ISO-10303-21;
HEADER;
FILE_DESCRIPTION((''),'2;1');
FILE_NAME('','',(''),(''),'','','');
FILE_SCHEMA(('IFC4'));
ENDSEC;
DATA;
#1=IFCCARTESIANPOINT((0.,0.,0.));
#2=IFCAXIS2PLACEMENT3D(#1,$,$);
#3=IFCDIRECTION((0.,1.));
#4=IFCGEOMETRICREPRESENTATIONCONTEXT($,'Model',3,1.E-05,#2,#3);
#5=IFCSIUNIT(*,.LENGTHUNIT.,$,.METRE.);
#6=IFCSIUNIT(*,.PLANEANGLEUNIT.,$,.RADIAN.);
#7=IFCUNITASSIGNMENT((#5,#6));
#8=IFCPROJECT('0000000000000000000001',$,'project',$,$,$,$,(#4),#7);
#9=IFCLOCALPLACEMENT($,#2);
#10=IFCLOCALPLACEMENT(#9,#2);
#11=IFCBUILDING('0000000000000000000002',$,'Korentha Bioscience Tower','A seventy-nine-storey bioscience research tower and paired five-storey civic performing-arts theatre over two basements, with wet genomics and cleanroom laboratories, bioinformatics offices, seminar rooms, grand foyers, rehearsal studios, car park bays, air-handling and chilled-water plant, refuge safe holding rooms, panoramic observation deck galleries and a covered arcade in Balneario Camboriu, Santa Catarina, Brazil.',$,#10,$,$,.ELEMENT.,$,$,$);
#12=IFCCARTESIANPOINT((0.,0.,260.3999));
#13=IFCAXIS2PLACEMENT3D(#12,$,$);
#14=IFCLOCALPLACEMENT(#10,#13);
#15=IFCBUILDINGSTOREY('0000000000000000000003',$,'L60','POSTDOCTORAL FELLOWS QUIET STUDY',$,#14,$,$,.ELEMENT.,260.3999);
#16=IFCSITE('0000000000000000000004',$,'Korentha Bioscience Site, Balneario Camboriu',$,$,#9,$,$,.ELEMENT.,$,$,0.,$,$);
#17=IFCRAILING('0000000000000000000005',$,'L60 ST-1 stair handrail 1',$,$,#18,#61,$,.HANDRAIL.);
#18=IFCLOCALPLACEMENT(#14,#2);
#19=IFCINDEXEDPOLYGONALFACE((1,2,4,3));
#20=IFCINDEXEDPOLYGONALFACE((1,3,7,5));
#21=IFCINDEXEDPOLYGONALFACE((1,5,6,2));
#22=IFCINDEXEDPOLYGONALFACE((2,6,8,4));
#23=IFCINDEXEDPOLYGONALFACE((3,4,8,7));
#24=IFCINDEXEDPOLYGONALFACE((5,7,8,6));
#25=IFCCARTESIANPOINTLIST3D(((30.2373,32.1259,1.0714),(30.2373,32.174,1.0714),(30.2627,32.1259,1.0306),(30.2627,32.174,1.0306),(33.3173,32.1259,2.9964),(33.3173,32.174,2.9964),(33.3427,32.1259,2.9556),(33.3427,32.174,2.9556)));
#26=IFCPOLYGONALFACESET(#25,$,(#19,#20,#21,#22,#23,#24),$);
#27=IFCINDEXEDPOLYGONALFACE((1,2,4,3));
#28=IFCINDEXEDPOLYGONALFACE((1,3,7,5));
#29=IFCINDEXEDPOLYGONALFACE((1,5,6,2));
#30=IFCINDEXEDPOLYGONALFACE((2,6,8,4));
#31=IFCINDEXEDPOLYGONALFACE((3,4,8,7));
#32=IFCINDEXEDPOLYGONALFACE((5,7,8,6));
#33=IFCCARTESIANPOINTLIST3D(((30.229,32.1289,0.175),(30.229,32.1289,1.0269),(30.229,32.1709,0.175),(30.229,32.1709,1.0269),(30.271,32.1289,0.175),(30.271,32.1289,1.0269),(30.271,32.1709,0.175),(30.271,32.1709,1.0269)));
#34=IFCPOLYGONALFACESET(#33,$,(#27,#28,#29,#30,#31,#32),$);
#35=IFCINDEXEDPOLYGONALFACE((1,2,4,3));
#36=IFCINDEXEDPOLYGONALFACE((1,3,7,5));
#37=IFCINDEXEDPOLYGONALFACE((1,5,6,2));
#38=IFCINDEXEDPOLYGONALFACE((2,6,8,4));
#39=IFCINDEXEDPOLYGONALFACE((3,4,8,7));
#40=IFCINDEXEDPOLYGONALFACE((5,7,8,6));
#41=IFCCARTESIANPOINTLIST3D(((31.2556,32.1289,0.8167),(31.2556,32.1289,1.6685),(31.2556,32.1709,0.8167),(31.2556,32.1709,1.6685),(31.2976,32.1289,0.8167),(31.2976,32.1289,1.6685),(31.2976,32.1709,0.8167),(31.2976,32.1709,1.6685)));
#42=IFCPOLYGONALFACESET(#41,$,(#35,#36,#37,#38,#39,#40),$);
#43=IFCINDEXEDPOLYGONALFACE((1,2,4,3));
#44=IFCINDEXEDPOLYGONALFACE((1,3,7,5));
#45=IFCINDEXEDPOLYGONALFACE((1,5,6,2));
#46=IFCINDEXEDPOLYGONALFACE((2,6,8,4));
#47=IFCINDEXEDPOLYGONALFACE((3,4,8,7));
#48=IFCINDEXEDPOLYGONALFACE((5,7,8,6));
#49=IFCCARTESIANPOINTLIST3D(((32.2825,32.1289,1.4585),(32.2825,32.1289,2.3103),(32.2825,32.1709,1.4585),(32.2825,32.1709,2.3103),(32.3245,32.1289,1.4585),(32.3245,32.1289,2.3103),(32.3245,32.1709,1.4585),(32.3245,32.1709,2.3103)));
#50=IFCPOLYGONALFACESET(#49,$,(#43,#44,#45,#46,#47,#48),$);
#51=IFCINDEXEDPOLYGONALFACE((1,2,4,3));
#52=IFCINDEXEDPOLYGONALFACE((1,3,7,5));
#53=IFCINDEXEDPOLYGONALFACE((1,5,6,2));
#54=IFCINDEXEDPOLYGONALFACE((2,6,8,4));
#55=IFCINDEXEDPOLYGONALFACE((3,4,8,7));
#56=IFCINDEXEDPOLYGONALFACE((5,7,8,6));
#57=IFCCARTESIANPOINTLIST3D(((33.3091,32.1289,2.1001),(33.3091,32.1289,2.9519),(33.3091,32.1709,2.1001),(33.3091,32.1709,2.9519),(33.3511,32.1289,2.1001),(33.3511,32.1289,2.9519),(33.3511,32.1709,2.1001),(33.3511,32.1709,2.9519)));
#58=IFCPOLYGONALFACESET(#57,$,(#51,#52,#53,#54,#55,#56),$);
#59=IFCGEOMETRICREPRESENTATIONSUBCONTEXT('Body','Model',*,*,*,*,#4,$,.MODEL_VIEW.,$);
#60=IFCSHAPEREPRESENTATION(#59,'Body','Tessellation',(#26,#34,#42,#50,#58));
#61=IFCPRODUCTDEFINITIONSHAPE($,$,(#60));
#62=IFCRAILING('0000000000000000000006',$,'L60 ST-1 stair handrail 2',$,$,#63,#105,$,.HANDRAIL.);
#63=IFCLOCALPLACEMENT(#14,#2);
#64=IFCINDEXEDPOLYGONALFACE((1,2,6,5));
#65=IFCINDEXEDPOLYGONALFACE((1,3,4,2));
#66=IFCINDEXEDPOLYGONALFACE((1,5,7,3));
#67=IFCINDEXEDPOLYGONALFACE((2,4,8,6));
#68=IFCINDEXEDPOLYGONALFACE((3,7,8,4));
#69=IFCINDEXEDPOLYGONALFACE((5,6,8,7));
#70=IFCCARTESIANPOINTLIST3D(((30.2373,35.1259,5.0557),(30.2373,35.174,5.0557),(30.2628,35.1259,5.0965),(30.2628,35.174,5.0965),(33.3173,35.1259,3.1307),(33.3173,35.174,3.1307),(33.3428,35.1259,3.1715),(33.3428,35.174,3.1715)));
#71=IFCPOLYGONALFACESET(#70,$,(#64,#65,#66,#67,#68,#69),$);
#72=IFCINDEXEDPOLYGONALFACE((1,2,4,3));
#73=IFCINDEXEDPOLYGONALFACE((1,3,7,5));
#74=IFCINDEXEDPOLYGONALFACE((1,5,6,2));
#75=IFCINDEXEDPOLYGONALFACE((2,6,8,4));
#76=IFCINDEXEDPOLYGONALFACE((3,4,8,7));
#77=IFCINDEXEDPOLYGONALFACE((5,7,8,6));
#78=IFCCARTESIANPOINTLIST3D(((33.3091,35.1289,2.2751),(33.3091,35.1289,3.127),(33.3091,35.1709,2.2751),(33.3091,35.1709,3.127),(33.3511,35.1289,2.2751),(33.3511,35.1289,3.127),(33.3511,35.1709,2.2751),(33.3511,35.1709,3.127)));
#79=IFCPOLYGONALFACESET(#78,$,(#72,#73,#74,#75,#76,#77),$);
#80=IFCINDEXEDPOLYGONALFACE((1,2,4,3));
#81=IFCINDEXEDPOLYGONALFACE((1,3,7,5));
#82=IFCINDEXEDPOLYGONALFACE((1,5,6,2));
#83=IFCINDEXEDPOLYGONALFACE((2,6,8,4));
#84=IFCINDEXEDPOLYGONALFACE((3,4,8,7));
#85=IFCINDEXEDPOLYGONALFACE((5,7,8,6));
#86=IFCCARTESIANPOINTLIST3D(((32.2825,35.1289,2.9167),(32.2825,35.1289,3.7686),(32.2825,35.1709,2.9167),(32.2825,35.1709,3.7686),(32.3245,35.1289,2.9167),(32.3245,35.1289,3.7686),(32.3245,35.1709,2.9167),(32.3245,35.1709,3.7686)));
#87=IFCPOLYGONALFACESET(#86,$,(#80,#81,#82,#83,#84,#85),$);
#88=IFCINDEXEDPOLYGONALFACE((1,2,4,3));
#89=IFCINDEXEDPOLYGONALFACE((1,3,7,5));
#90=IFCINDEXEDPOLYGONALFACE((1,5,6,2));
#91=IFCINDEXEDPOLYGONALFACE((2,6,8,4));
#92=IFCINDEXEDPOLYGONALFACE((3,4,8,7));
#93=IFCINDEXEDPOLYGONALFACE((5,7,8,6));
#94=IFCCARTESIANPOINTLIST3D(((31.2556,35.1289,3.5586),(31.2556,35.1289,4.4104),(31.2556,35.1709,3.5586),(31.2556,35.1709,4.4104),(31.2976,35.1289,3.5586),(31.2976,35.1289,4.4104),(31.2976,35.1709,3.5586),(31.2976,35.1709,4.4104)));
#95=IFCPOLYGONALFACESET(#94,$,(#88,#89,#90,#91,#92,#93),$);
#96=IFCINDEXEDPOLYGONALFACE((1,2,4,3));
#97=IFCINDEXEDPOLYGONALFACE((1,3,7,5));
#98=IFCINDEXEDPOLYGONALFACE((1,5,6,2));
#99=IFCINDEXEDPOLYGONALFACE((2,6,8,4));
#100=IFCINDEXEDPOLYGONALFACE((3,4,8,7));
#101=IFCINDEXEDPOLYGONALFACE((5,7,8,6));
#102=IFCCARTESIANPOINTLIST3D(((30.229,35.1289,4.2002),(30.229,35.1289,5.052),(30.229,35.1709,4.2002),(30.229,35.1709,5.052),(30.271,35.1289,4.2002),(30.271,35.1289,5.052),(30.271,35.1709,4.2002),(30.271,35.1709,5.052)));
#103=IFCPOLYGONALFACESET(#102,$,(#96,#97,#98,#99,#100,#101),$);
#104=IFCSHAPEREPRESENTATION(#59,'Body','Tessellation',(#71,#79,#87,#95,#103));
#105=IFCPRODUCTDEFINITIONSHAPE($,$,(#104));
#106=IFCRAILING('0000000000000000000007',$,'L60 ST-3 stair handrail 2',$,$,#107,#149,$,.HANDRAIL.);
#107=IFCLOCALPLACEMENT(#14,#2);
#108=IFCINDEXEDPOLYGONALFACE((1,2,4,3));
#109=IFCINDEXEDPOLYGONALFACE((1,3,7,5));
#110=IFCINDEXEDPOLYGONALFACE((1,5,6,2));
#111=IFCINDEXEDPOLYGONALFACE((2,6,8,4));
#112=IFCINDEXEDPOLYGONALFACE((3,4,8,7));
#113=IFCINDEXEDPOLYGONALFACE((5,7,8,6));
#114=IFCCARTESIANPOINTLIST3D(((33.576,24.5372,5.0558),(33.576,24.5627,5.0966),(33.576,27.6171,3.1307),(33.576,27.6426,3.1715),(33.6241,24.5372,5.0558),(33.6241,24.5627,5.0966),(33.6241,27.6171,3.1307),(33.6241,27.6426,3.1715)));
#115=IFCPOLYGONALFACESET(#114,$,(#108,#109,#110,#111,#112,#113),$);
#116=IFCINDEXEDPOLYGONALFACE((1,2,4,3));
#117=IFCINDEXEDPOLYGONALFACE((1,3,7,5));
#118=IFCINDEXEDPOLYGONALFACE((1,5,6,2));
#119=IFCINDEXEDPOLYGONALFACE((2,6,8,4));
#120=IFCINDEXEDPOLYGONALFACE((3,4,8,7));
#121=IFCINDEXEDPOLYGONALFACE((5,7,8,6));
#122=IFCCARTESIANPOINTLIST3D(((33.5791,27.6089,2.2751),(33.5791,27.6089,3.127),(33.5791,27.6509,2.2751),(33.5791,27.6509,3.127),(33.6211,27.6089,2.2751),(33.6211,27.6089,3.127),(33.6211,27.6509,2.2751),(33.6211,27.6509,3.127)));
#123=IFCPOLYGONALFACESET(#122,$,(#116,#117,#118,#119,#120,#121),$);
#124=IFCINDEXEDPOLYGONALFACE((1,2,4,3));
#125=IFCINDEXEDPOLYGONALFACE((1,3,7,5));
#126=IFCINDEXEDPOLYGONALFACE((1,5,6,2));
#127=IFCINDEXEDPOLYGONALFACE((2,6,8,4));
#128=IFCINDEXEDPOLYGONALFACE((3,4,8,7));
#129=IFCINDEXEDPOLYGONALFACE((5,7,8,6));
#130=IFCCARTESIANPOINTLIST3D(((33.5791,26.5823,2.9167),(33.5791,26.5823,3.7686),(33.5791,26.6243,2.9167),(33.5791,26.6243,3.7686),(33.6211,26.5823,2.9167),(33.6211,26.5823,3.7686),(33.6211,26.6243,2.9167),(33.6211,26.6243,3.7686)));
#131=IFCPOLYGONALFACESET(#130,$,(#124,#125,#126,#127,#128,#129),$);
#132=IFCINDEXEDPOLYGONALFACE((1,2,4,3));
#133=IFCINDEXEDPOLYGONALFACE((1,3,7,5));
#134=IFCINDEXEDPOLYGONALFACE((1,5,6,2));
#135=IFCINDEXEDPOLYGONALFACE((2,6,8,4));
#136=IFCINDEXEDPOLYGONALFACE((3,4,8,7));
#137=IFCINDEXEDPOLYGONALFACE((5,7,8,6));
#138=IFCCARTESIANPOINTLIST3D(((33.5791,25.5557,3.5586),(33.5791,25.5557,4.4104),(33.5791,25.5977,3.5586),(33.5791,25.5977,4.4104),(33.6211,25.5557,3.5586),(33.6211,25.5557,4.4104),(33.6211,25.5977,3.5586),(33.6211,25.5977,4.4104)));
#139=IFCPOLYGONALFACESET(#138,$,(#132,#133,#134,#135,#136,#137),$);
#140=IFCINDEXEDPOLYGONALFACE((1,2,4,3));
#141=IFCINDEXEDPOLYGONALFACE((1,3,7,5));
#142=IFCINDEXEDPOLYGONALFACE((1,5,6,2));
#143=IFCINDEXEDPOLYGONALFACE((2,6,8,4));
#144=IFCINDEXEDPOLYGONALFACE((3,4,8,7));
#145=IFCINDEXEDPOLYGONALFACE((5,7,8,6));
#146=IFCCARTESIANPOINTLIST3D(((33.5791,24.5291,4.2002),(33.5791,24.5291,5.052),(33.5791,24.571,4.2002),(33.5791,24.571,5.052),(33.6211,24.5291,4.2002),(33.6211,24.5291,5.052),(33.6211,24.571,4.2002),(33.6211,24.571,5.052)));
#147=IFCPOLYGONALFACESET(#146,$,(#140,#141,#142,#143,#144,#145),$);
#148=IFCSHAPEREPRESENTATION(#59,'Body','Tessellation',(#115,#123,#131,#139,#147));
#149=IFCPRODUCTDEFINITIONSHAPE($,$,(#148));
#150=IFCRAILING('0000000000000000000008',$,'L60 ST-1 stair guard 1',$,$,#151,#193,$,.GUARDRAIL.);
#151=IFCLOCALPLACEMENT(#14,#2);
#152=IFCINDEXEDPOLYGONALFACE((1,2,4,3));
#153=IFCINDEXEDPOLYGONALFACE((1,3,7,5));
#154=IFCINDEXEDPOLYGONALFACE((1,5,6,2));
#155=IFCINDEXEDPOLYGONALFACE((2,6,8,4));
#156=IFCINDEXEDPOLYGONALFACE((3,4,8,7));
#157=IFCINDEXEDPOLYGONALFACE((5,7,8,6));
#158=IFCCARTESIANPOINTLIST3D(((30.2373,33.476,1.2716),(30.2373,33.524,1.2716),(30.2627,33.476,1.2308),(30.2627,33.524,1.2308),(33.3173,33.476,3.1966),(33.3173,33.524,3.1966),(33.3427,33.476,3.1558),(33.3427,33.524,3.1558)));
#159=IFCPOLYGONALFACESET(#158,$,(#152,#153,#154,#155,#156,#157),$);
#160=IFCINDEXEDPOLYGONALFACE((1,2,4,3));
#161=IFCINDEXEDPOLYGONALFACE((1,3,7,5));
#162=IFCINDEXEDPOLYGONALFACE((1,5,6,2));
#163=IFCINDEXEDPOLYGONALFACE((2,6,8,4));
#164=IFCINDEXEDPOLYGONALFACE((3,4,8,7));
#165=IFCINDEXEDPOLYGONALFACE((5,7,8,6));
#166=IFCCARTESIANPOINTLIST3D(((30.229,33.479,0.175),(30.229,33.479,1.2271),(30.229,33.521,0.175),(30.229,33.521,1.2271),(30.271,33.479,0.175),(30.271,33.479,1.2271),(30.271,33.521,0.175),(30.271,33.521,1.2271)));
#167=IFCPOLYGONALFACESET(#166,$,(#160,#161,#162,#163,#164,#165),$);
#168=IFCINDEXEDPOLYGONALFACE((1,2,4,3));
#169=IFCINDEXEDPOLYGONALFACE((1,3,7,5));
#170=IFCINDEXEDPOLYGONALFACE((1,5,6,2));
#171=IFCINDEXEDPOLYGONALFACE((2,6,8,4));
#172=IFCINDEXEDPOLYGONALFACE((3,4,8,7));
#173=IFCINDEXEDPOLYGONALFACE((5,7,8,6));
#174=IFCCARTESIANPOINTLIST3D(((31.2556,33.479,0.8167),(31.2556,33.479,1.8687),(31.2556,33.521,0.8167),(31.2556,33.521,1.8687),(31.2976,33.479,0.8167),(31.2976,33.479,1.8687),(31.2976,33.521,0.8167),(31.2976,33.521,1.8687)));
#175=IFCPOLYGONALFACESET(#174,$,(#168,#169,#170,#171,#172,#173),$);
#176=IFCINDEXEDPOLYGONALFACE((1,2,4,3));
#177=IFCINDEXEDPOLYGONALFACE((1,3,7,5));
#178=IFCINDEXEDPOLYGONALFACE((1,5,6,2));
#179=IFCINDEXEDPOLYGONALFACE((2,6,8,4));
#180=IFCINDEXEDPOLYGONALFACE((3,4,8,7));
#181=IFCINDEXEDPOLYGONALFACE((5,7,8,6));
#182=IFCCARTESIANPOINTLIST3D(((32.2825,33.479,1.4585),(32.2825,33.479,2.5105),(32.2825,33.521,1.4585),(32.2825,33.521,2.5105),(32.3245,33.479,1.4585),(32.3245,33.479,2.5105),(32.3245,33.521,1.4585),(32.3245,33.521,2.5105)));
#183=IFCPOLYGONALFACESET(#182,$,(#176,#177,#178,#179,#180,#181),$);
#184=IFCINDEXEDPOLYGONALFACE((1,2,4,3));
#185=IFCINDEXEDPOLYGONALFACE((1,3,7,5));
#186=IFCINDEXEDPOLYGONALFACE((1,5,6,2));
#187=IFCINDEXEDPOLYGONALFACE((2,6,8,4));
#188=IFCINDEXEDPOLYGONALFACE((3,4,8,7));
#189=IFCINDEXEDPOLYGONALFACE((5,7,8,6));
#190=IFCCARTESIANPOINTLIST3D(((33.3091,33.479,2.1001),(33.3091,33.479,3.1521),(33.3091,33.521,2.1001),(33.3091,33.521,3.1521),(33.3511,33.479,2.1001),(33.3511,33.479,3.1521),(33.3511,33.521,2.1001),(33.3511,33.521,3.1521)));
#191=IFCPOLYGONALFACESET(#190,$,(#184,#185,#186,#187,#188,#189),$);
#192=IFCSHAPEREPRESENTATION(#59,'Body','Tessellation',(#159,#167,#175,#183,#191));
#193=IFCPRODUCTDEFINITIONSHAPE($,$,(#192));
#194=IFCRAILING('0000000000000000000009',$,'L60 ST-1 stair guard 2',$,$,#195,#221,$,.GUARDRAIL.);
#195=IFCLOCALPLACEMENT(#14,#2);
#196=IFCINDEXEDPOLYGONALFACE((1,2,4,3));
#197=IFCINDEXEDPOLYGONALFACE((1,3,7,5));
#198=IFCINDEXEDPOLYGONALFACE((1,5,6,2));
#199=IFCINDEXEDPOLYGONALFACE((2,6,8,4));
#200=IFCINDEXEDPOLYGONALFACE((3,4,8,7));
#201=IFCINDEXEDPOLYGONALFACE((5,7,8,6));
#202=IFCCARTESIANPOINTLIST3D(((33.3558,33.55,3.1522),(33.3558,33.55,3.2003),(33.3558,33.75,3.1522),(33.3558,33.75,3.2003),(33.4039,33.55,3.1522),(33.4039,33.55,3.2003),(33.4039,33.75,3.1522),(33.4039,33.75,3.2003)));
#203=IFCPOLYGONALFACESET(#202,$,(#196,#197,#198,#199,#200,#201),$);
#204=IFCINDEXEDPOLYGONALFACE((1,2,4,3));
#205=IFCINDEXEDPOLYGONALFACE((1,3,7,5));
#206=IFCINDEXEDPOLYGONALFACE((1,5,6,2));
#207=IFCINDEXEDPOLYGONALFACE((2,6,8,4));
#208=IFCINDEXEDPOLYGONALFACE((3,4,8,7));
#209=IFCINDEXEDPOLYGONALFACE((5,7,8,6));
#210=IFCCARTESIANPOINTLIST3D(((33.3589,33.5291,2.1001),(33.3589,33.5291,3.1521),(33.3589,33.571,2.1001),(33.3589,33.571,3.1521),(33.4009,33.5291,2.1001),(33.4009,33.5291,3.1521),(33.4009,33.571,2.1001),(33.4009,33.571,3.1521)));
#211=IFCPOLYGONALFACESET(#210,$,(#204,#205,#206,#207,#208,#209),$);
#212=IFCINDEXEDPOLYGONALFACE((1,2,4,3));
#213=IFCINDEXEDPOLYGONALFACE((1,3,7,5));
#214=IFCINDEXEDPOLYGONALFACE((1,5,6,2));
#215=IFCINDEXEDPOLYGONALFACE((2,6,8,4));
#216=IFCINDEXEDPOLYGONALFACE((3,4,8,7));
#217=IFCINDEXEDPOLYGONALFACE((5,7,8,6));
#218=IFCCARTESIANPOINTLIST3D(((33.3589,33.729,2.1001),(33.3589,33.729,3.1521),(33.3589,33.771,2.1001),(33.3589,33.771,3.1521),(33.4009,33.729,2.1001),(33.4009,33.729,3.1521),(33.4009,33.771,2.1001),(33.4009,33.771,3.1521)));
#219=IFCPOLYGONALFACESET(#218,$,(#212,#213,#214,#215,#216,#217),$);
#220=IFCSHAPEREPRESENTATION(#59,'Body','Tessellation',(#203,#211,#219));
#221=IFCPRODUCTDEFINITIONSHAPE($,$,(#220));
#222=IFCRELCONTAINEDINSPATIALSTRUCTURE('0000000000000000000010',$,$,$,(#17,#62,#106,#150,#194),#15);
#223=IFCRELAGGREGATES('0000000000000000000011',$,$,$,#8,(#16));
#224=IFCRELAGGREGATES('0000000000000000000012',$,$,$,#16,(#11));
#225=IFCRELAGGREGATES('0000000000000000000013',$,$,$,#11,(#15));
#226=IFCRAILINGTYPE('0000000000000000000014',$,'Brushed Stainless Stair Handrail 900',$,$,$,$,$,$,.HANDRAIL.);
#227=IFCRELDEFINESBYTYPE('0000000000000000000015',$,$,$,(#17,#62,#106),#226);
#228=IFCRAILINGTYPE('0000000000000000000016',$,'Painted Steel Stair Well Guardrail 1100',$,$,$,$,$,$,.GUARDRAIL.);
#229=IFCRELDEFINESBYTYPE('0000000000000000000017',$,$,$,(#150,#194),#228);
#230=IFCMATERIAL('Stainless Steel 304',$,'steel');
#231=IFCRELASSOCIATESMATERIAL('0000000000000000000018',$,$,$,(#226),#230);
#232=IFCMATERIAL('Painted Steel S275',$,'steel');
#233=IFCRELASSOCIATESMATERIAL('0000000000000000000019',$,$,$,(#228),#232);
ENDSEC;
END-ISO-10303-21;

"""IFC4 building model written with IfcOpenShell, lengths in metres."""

from ifc_helpers import new_model, si_unit, direction, frame, origin, origin_2d, place, context, subcontext, project, spatial, rectangle, extrude, material, type_object, element, save


model = new_model("IFC4")

# Units and contexts
model_context = context("Model", 3, precision=1e-05, world=origin(), true_north=direction((0.0, 1.0)))
body_context = subcontext(model_context, "Body", "Model", "MODEL_VIEW")
ifc_project = project(units=[si_unit("LENGTHUNIT", "METRE"), si_unit("PLANEANGLEUNIT", "RADIAN")], contexts=[model_context])

# Site, building, storey
site_placement = place(None, origin())
site = spatial("IfcSite", under=ifc_project, at=site_placement, Name="Korentha Bioscience Site, Balneario Camboriu", CompositionType="ELEMENT", RefElevation=0.0)
building_placement = place(site_placement, origin())
building = spatial("IfcBuilding", under=site, at=building_placement, Name="Korentha Bioscience Tower", Description="A seventy-nine-storey bioscience research tower and paired five-storey civic performing-arts theatre over two basements, with wet genomics and cleanroom laboratories, bioinformatics offices, seminar rooms, grand foyers, rehearsal studios, car park bays, air-handling and chilled-water plant, refuge safe holding rooms, panoramic observation deck galleries and a covered arcade in Balneario Camboriu, Santa Catarina, Brazil.", CompositionType="ELEMENT")
storey_placement = place(building_placement, frame((0.0, 0.0, 260.3999)))
storey = spatial("IfcBuildingStorey", under=building, at=storey_placement, Name="L60", Description="POSTDOCTORAL FELLOWS QUIET STUDY", CompositionType="ELEMENT", Elevation=260.3999)

# Railings
ifc_material_1 = material(Name="Stainless Steel 304", Category="steel")
railing_type_1 = type_object("IfcRailingType", Name="Brushed Stainless Stair Handrail 900", PredefinedType="HANDRAIL", material=ifc_material_1)
railing_1_placement = place(storey_placement, frame((30.25, 32.1499, 0.175)))
element("IfcRailing", 1, at=railing_1_placement, inside=storey, type_object=railing_type_1, Name="L60 ST-1 stair handrail 1", PredefinedType="HANDRAIL", context=body_context, shape_type="SweptSolid", body=[
    extrude(rectangle(XDim=0.0481, YDim=0.0481, at=origin_2d()), frame((0.0, 0.0, 0.876), z_axis=(0.847998, 0.0, 0.529999), x_axis=(0.0, 1.0, 0.0)), (0.0, 0.0, 1.0), 3.6321),
    extrude(rectangle(XDim=0.042, YDim=0.042, at=origin_2d()), origin(), (0.0, 0.0, 1.0), 0.8518),
    extrude(rectangle(XDim=0.042, YDim=0.042, at=origin_2d()), frame((1.0266, 0.0, 0.6416)), (0.0, 0.0, 1.0), 0.8518),
    extrude(rectangle(XDim=0.042, YDim=0.042, at=origin_2d()), frame((2.0535, 0.0, 1.2834)), (0.0, 0.0, 1.0), 0.8518),
    extrude(rectangle(XDim=0.042, YDim=0.042, at=origin_2d()), frame((3.0801, 0.0, 1.925)), (0.0, 0.0, 1.0), 0.8518),
])
railing_2_placement = place(storey_placement, frame((33.3301, 35.1499, 2.2751)))
element("IfcRailing", 2, at=railing_2_placement, inside=storey, type_object=railing_type_1, Name="L60 ST-1 stair handrail 2", PredefinedType="HANDRAIL", context=body_context, shape_type="SweptSolid", body=[
    extrude(rectangle(XDim=0.0481, YDim=0.0481, at=origin_2d()), frame((0.0, 0.0, 0.876), z_axis=(-0.847998, 0.0, 0.529999), x_axis=(0.0, -1.0, 0.0)), (0.0, 0.0, 1.0), 3.6321),
    extrude(rectangle(XDim=0.042, YDim=0.042, at=origin_2d()), origin(), (0.0, 0.0, 1.0), 0.8518),
    extrude(rectangle(XDim=0.042, YDim=0.042, at=origin_2d()), frame((-1.0266, 0.0, 0.6416)), (0.0, 0.0, 1.0), 0.8518),
    extrude(rectangle(XDim=0.042, YDim=0.042, at=origin_2d()), frame((-2.0535, 0.0, 1.2834)), (0.0, 0.0, 1.0), 0.8518),
    extrude(rectangle(XDim=0.042, YDim=0.042, at=origin_2d()), frame((-3.0801, 0.0, 1.925)), (0.0, 0.0, 1.0), 0.8518),
])
railing_3_placement = place(storey_placement, frame((33.6001, 27.6299, 2.2751)))
element("IfcRailing", 3, at=railing_3_placement, inside=storey, type_object=railing_type_1, Name="L60 ST-3 stair handrail 2", PredefinedType="HANDRAIL", context=body_context, shape_type="SweptSolid", body=[
    extrude(rectangle(XDim=0.0481, YDim=0.0481, at=origin_2d()), frame((0.0, 0.0, 0.876), z_axis=(0.0, -0.847979, 0.530029), x_axis=(1.0, 0.0, 0.0)), (0.0, 0.0, 1.0), 3.6321),
    extrude(rectangle(XDim=0.042, YDim=0.042, at=origin_2d()), origin(), (0.0, 0.0, 1.0), 0.8518),
    extrude(rectangle(XDim=0.042, YDim=0.042, at=origin_2d()), frame((0.0, -1.0266, 0.6416)), (0.0, 0.0, 1.0), 0.8518),
    extrude(rectangle(XDim=0.042, YDim=0.042, at=origin_2d()), frame((0.0, -2.0532, 1.2834)), (0.0, 0.0, 1.0), 0.8518),
    extrude(rectangle(XDim=0.042, YDim=0.042, at=origin_2d()), frame((0.0, -3.0798, 1.925)), (0.0, 0.0, 1.0), 0.8518),
])
ifc_material_2 = material(Name="Painted Steel S275", Category="steel")
railing_type_2 = type_object("IfcRailingType", Name="Painted Steel Stair Well Guardrail 1100", PredefinedType="GUARDRAIL", material=ifc_material_2)
railing_4_placement = place(storey_placement, frame((30.25, 33.5, 0.175)))
element("IfcRailing", 4, at=railing_4_placement, inside=storey, type_object=railing_type_2, Name="L60 ST-1 stair guard 1", PredefinedType="GUARDRAIL", context=body_context, shape_type="SweptSolid", body=[
    extrude(rectangle(XDim=0.0481, YDim=0.0481, at=origin_2d()), frame((0.0, 0.0, 1.0762), z_axis=(0.847998, 0.0, 0.529999), x_axis=(0.0, 1.0, 0.0)), (0.0, 0.0, 1.0), 3.6321),
    extrude(rectangle(XDim=0.042, YDim=0.042, at=origin_2d()), origin(), (0.0, 0.0, 1.0), 1.052),
    extrude(rectangle(XDim=0.042, YDim=0.042, at=origin_2d()), frame((1.0266, 0.0, 0.6416)), (0.0, 0.0, 1.0), 1.052),
    extrude(rectangle(XDim=0.042, YDim=0.042, at=origin_2d()), frame((2.0535, 0.0, 1.2834)), (0.0, 0.0, 1.0), 1.052),
    extrude(rectangle(XDim=0.042, YDim=0.042, at=origin_2d()), frame((3.0801, 0.0, 1.925)), (0.0, 0.0, 1.0), 1.052),
])
railing_5_placement = place(storey_placement, frame((33.3799, 33.55, 2.1001)))
element("IfcRailing", 5, at=railing_5_placement, inside=storey, type_object=railing_type_2, Name="L60 ST-1 stair guard 2", PredefinedType="GUARDRAIL", context=body_context, shape_type="SweptSolid", body=[
    extrude(rectangle(XDim=0.0481, YDim=0.0481, at=origin_2d()), frame((0.0, 0.0, 1.0762), z_axis=(0.0, 1.0, 0.0), x_axis=(-1.0, 0.0, 0.0)), (0.0, 0.0, 1.0), 0.2),
    extrude(rectangle(XDim=0.042, YDim=0.042, at=origin_2d()), origin(), (0.0, 0.0, 1.0), 1.052),
    extrude(rectangle(XDim=0.042, YDim=0.042, at=origin_2d()), frame((0.0, 0.2, 0.0)), (0.0, 0.0, 1.0), 1.052),
])

save(model, "model.ifc")
